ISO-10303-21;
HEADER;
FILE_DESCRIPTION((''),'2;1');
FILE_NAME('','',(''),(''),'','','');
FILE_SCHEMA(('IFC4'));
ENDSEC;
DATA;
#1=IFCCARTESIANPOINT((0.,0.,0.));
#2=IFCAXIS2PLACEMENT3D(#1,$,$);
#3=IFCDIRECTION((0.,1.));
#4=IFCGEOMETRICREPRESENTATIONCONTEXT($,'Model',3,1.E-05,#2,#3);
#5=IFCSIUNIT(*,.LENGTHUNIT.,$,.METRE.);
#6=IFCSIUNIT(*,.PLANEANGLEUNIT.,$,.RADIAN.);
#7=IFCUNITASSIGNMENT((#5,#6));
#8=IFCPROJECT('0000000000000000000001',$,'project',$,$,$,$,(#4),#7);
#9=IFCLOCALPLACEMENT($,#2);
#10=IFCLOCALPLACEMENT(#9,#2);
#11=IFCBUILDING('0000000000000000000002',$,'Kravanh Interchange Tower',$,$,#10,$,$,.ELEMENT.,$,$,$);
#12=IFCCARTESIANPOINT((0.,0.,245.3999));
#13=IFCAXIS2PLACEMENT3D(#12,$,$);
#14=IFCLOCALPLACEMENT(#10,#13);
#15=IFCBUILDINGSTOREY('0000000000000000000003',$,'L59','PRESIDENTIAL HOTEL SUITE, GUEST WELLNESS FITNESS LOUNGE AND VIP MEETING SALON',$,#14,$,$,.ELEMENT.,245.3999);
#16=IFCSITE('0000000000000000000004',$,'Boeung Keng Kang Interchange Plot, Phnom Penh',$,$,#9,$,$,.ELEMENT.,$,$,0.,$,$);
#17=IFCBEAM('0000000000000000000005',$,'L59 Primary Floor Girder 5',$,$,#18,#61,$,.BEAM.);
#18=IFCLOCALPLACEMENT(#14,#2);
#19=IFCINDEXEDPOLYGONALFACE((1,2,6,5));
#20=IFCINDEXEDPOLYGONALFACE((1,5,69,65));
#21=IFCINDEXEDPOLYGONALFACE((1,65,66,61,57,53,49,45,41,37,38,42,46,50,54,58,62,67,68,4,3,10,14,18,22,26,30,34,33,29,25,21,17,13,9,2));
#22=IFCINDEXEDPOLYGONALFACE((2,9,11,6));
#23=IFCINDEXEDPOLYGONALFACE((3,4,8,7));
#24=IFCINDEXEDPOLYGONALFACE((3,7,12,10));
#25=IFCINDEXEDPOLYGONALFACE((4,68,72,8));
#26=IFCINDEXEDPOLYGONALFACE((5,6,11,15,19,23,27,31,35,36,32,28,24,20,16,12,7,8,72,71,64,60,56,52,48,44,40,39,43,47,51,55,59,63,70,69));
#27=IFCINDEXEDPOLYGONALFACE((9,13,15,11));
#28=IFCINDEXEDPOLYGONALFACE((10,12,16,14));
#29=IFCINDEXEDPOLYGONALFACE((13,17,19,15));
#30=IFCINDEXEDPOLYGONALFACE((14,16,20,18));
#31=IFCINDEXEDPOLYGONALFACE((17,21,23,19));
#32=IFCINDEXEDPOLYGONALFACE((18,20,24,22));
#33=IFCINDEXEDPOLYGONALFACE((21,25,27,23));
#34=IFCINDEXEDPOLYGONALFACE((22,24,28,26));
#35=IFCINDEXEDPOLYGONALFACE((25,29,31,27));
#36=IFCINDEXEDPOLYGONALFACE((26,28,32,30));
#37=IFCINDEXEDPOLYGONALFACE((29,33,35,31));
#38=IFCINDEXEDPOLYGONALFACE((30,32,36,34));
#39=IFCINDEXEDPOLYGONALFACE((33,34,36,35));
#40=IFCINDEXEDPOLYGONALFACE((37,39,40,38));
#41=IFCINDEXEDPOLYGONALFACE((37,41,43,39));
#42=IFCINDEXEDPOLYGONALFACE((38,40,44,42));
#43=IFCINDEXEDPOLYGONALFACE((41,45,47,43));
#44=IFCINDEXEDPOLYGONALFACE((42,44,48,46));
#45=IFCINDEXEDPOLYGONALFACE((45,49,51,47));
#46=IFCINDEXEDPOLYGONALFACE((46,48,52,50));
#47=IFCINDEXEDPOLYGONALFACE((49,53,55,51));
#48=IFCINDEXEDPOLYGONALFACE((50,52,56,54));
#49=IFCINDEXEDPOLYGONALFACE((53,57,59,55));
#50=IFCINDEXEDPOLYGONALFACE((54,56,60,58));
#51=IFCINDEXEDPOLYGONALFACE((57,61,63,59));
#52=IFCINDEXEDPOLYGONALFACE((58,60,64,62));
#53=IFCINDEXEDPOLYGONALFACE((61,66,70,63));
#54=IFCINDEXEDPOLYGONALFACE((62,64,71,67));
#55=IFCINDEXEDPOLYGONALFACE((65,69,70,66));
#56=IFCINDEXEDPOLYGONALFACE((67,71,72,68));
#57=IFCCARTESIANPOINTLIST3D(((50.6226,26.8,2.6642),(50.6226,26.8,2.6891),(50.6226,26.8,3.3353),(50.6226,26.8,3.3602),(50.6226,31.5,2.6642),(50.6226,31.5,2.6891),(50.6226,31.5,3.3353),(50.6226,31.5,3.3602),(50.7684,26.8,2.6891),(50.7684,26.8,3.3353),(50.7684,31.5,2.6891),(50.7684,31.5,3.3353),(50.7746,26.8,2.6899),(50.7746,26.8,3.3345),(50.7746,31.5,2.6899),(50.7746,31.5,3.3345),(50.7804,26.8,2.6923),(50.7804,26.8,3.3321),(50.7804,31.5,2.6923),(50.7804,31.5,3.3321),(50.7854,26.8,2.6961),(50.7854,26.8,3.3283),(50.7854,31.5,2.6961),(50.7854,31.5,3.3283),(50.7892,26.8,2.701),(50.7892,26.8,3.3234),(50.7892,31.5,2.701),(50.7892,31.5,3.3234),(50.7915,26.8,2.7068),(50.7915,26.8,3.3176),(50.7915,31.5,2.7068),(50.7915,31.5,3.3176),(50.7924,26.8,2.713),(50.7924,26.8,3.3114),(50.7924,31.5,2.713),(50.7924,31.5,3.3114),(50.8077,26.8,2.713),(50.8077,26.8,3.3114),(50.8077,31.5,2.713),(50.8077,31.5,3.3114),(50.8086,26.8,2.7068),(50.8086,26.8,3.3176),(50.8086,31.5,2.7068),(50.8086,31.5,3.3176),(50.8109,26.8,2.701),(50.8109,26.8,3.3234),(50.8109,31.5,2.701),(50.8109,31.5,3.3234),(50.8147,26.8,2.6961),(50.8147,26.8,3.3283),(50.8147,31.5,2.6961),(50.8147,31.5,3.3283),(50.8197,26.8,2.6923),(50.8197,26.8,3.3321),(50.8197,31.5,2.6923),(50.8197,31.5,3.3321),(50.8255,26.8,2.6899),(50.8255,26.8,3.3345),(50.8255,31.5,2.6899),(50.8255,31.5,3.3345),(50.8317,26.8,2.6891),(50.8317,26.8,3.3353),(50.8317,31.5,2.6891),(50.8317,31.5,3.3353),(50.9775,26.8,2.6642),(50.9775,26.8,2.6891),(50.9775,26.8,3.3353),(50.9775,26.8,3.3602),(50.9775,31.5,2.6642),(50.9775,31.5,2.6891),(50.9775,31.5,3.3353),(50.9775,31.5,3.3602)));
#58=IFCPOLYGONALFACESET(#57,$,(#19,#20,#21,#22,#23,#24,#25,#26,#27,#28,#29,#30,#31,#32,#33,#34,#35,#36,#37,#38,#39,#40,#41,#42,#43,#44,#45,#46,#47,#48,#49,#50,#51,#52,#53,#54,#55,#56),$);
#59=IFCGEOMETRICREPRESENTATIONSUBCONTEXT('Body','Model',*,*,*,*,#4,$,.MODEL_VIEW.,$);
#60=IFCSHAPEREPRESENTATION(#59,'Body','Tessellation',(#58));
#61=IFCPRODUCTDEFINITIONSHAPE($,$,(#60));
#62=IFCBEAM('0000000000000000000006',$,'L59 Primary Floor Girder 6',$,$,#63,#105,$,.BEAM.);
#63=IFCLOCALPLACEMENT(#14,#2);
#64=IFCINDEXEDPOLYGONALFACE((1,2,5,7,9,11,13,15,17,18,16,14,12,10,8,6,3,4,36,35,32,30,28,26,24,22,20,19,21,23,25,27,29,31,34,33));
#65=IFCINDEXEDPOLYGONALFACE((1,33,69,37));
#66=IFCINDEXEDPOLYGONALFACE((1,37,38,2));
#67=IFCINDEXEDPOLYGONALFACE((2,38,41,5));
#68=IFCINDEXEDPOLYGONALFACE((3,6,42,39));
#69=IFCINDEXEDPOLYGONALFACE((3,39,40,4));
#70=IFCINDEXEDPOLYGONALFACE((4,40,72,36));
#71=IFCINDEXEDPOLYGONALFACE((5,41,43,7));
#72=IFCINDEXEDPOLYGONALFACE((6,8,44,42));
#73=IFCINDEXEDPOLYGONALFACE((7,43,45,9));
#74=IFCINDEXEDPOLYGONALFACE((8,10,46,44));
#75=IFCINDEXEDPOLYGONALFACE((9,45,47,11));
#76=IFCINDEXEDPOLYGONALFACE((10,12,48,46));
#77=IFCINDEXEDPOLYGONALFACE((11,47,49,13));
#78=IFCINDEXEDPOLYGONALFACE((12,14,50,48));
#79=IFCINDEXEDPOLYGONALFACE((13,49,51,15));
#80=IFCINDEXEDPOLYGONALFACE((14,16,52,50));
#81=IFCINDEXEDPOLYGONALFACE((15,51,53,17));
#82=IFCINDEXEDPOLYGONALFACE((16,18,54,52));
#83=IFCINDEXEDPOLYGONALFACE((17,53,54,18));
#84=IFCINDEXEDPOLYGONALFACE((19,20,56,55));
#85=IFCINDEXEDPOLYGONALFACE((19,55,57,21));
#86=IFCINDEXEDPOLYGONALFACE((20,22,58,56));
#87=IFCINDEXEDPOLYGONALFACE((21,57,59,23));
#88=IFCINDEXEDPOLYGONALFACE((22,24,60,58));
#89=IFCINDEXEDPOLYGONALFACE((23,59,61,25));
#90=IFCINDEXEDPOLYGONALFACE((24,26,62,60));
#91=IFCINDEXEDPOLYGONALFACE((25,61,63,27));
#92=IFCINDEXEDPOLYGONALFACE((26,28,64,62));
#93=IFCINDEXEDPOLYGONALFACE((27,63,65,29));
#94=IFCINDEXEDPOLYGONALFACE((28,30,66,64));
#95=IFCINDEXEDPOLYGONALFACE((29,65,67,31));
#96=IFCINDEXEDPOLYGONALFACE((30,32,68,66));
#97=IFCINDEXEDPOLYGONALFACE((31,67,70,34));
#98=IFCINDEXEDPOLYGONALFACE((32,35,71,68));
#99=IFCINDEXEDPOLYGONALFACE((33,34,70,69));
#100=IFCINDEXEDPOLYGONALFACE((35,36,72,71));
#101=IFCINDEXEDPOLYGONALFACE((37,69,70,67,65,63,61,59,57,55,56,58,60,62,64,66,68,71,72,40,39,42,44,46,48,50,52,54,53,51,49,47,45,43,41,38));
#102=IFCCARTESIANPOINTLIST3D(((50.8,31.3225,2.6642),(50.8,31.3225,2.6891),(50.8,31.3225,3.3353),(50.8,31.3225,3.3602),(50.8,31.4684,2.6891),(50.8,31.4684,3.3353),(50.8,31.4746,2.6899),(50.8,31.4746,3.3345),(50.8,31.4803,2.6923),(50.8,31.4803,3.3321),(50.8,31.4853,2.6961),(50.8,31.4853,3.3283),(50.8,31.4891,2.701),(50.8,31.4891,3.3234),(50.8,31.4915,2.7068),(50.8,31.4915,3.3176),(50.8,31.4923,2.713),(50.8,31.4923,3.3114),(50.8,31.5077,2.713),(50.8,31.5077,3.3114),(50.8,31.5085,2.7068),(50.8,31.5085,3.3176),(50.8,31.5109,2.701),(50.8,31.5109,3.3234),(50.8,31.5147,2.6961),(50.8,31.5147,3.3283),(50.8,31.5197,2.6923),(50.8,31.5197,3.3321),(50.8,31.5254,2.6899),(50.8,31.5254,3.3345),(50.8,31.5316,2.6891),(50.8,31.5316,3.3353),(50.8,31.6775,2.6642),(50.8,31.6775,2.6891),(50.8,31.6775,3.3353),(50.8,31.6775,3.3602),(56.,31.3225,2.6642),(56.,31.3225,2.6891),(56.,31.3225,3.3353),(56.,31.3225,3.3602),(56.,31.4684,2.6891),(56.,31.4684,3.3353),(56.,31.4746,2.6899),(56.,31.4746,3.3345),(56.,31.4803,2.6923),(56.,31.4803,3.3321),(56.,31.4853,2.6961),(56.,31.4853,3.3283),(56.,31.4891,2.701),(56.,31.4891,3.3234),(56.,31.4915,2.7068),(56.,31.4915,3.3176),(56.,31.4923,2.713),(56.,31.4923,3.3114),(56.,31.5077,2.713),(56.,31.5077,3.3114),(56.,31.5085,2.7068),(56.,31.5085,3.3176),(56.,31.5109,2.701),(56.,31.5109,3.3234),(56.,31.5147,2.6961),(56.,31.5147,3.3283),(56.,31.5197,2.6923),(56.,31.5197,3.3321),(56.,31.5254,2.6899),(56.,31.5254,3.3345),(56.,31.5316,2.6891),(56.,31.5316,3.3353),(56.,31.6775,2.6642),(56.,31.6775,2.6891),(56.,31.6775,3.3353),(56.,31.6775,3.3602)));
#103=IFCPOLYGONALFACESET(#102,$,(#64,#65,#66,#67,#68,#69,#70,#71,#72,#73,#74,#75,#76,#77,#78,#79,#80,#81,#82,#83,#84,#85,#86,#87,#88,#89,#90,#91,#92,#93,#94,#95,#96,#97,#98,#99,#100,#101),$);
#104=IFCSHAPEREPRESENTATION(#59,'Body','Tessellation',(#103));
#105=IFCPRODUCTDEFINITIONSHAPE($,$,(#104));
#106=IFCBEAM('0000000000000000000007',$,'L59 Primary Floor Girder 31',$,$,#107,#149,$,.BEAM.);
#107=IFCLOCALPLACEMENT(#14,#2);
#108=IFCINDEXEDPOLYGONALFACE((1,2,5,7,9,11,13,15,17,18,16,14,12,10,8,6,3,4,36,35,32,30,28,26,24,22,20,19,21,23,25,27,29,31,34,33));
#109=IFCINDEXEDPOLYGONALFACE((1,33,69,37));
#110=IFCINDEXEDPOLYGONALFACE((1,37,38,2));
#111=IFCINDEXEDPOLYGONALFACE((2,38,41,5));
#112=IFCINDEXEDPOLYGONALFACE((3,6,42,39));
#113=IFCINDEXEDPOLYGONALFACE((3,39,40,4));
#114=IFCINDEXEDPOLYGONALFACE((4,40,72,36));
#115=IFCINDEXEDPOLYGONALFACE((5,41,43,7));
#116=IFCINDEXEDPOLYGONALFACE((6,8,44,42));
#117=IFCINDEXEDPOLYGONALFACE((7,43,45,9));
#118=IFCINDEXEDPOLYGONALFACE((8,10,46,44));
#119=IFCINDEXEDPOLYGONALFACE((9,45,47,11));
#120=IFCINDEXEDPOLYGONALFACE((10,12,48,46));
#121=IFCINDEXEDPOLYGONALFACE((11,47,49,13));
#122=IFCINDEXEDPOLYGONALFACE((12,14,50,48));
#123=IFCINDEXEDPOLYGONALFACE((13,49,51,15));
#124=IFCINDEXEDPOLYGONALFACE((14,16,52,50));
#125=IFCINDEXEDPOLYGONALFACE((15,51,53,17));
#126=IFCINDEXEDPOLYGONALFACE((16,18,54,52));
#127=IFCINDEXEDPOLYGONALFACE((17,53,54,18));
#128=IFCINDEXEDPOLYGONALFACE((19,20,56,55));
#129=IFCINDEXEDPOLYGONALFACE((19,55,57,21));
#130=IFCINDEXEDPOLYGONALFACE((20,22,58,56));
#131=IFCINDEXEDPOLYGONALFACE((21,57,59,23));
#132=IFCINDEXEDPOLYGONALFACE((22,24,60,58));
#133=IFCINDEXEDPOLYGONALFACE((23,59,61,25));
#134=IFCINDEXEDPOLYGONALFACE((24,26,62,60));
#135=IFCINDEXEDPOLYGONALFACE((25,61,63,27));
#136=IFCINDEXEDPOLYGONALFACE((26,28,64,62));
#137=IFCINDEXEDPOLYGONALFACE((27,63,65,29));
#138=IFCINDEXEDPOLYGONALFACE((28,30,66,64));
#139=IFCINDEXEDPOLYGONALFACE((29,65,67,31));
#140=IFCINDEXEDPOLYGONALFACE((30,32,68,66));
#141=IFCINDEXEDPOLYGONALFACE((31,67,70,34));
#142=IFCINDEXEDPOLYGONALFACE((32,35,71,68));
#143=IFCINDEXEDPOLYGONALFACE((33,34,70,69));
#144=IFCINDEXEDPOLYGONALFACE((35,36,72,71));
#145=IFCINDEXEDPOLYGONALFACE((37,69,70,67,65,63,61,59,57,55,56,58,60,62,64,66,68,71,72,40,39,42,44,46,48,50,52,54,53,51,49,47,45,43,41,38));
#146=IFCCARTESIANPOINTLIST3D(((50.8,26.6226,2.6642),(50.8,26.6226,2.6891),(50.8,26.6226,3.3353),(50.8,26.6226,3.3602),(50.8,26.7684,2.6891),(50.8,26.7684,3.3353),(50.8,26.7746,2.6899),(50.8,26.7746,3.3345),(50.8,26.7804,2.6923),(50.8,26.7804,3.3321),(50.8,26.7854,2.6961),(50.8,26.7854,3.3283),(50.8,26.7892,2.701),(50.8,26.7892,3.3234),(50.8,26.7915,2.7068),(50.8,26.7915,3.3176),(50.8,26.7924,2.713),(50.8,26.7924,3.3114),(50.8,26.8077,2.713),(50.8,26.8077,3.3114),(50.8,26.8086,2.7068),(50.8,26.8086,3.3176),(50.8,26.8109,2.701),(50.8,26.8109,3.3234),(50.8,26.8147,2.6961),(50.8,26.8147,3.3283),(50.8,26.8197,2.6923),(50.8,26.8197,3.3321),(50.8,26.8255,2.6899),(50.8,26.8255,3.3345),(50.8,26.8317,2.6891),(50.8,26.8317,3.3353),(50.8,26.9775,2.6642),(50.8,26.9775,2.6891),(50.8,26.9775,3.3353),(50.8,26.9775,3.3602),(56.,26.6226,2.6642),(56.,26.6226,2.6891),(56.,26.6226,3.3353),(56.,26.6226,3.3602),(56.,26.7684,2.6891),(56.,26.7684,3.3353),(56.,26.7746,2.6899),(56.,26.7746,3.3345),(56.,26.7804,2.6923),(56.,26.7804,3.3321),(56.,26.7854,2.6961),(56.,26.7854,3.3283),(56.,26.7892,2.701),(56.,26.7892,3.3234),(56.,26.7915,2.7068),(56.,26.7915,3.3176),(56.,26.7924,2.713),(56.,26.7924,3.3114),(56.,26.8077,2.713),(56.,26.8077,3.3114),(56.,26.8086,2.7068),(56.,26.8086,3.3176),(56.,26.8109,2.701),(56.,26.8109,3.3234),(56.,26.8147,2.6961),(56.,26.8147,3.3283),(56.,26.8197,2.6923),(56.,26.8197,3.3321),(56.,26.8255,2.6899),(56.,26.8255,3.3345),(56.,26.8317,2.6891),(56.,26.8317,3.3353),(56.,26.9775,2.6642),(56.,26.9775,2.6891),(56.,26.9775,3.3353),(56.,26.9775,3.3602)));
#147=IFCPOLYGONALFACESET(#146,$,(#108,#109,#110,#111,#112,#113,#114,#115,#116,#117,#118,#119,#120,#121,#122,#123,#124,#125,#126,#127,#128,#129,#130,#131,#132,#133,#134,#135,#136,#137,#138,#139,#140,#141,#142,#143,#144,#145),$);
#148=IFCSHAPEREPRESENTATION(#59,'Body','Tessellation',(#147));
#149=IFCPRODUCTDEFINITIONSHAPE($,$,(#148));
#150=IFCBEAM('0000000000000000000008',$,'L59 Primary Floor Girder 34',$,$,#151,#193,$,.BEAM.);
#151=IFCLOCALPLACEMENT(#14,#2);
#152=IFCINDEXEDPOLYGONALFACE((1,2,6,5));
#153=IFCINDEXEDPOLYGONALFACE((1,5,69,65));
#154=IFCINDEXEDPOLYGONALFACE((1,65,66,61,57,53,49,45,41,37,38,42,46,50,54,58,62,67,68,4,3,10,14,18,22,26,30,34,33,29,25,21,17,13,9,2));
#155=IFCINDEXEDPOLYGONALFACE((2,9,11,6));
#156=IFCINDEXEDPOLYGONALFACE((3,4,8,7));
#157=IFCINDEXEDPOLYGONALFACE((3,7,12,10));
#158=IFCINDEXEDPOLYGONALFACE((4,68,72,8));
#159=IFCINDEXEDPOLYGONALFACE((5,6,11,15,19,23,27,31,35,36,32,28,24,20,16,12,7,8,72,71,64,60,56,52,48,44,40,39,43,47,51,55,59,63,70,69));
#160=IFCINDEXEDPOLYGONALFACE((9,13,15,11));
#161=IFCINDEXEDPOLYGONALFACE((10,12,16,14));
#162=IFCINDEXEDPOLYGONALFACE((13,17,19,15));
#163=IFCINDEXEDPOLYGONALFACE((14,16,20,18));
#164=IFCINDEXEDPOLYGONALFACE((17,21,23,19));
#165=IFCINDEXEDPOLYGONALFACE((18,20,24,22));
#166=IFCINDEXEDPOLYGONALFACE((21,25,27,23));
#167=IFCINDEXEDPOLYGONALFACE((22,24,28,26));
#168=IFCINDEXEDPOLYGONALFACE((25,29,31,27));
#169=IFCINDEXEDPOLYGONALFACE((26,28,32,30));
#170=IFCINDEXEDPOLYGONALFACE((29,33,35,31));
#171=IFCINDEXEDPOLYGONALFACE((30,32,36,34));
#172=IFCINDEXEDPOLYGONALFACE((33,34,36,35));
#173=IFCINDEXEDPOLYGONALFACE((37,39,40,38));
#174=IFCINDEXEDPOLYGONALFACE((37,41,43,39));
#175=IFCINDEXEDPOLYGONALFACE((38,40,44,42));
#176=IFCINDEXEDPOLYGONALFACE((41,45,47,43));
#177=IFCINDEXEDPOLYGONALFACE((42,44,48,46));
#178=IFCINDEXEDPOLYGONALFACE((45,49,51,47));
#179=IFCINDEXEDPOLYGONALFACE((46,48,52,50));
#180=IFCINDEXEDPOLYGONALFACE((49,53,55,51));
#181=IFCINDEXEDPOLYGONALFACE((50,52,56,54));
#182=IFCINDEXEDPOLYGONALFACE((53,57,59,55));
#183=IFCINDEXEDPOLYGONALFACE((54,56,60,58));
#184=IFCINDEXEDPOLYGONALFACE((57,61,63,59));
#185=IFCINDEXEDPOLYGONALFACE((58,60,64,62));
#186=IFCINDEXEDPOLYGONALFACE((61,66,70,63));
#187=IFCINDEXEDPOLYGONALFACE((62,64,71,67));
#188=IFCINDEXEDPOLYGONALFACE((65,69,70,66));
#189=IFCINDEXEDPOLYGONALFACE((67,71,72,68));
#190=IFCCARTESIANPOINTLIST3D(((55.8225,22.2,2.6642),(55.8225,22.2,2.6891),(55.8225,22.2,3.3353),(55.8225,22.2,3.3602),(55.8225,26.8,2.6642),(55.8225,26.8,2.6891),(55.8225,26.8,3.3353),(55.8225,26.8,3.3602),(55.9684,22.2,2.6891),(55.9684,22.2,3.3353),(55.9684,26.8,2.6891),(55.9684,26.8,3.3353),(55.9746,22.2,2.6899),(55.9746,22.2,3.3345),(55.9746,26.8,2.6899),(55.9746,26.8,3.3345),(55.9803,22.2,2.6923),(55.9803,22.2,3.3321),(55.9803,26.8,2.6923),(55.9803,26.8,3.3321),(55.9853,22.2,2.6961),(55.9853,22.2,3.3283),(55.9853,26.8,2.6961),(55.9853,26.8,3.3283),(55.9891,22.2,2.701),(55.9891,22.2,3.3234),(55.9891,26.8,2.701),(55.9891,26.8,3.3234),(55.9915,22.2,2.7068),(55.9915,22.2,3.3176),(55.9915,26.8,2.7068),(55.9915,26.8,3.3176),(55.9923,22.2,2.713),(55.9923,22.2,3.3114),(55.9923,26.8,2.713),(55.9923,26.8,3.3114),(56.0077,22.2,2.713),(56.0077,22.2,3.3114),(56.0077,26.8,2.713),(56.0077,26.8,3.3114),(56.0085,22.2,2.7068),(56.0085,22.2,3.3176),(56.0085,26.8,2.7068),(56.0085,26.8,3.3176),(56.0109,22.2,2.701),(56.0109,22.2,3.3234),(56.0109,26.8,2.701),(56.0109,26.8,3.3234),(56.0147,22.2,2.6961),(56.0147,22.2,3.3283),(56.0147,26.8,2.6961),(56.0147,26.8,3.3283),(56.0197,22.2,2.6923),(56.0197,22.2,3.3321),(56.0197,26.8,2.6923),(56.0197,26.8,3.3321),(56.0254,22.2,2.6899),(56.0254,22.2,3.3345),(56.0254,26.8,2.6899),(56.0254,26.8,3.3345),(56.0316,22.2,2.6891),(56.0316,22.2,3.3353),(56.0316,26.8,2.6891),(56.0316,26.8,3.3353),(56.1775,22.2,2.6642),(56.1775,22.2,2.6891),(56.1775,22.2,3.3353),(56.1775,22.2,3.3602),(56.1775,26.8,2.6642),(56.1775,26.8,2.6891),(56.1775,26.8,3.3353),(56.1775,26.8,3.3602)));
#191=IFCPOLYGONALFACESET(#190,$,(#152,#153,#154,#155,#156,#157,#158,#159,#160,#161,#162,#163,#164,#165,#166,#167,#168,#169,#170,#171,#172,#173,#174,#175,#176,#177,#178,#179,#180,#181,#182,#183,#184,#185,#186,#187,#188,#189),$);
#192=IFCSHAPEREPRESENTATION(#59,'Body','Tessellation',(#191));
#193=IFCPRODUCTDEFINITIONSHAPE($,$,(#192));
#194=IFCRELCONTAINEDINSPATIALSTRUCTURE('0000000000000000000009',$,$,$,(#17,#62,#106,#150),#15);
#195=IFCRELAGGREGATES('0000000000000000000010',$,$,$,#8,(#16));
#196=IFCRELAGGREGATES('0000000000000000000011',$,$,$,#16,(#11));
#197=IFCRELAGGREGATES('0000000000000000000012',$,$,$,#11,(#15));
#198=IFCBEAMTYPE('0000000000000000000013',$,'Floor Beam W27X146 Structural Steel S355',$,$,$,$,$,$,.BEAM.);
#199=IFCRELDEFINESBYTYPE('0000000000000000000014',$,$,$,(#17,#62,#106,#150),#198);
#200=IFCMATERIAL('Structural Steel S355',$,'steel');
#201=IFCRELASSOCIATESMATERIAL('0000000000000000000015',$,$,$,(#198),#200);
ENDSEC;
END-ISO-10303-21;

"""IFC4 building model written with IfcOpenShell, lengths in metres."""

from ifc_helpers import new_model, si_unit, direction, frame, origin, origin_2d, place, context, subcontext, project, spatial, i_section, extrude, material, material_profile, profile_set, type_object, element, save


model = new_model("IFC4")

# Units and contexts
model_context = context("Model", 3, precision=1e-05, world=origin(), true_north=direction((0.0, 1.0)))
body_context = subcontext(model_context, "Body", "Model", "MODEL_VIEW")
ifc_project = project(units=[si_unit("LENGTHUNIT", "METRE"), si_unit("PLANEANGLEUNIT", "RADIAN")], contexts=[model_context])

# Site, building, storey
site_placement = place(None, origin())
site = spatial("IfcSite", under=ifc_project, at=site_placement, Name="Boeung Keng Kang Interchange Plot, Phnom Penh", CompositionType="ELEMENT", RefElevation=0.0)
building_placement = place(site_placement, origin())
building = spatial("IfcBuilding", under=site, at=building_placement, Name="Kravanh Interchange Tower", CompositionType="ELEMENT")
storey_placement = place(building_placement, frame((0.0, 0.0, 245.3999)))
storey = spatial("IfcBuildingStorey", under=building, at=storey_placement, Name="L59", Description="PRESIDENTIAL HOTEL SUITE, GUEST WELLNESS FITNESS LOUNGE AND VIP MEETING SALON", CompositionType="ELEMENT", Elevation=245.3999)

# Beams
ifc_material_1 = material(Name="Structural Steel S355", Category="steel")
ifc_material_profile_1 = material_profile(ifc_material_1, i_section(OverallWidth=0.355, OverallDepth=0.696, WebThickness=0.0154, FlangeThickness=0.0249, FilletRadius=0.0239, at=origin_2d()), Name="W27X146")
ifc_profile_set_1 = profile_set([ifc_material_profile_1], Name="Structural Steel S355")
beam_type_1 = type_object("IfcBeamType", Name="Floor Beam W27X146 Structural Steel S355", PredefinedType="BEAM", material=ifc_profile_set_1)
beam_1_placement = place(storey_placement, frame((50.8, 31.5, 3.0122), z_axis=(0.0, -1.0, 0.0), x_axis=(1.0, 0.0, 0.0)))
element("IfcBeam", 1, at=beam_1_placement, inside=storey, type_object=beam_type_1, Name="L59 Primary Floor Girder 5", PredefinedType="BEAM", context=body_context, shape_type="SweptSolid", body=[
    extrude(i_section(OverallWidth=0.355, OverallDepth=0.696, WebThickness=0.0154, FlangeThickness=0.0249, FilletRadius=0.0239, at=origin_2d()), origin(), (0.0, 0.0, 1.0), 4.7),
])
for number, where, z_axis, x_axis, name in (
    (2, (50.8, 31.5, 3.0122), (1.0, 0.0, 0.0), (0.0, 1.0, 0.0), "L59 Primary Floor Girder 6"),
    (3, (50.8, 26.8, 3.0122), (1.0, 0.0, 0.0), (0.0, 1.0, 0.0), "L59 Primary Floor Girder 31"),
):
    element("IfcBeam", number, at=place(storey_placement, frame(where, z_axis=z_axis, x_axis=x_axis)), inside=storey, type_object=beam_type_1, Name=name, PredefinedType="BEAM", context=body_context, shape_type="SweptSolid", body=[
        extrude(i_section(OverallWidth=0.355, OverallDepth=0.696, WebThickness=0.0154, FlangeThickness=0.0249, FilletRadius=0.0239, at=origin_2d()), origin(), (0.0, 0.0, 1.0), 5.2),
    ])
beam_2_placement = place(storey_placement, frame((56.0, 26.8, 3.0122), z_axis=(0.0, -1.0, 0.0), x_axis=(1.0, 0.0, 0.0)))
element("IfcBeam", 4, at=beam_2_placement, inside=storey, type_object=beam_type_1, Name="L59 Primary Floor Girder 34", PredefinedType="BEAM", context=body_context, shape_type="SweptSolid", body=[
    extrude(i_section(OverallWidth=0.355, OverallDepth=0.696, WebThickness=0.0154, FlangeThickness=0.0249, FilletRadius=0.0239, at=origin_2d()), origin(), (0.0, 0.0, 1.0), 4.6001),
])

save(model, "model.ifc")
